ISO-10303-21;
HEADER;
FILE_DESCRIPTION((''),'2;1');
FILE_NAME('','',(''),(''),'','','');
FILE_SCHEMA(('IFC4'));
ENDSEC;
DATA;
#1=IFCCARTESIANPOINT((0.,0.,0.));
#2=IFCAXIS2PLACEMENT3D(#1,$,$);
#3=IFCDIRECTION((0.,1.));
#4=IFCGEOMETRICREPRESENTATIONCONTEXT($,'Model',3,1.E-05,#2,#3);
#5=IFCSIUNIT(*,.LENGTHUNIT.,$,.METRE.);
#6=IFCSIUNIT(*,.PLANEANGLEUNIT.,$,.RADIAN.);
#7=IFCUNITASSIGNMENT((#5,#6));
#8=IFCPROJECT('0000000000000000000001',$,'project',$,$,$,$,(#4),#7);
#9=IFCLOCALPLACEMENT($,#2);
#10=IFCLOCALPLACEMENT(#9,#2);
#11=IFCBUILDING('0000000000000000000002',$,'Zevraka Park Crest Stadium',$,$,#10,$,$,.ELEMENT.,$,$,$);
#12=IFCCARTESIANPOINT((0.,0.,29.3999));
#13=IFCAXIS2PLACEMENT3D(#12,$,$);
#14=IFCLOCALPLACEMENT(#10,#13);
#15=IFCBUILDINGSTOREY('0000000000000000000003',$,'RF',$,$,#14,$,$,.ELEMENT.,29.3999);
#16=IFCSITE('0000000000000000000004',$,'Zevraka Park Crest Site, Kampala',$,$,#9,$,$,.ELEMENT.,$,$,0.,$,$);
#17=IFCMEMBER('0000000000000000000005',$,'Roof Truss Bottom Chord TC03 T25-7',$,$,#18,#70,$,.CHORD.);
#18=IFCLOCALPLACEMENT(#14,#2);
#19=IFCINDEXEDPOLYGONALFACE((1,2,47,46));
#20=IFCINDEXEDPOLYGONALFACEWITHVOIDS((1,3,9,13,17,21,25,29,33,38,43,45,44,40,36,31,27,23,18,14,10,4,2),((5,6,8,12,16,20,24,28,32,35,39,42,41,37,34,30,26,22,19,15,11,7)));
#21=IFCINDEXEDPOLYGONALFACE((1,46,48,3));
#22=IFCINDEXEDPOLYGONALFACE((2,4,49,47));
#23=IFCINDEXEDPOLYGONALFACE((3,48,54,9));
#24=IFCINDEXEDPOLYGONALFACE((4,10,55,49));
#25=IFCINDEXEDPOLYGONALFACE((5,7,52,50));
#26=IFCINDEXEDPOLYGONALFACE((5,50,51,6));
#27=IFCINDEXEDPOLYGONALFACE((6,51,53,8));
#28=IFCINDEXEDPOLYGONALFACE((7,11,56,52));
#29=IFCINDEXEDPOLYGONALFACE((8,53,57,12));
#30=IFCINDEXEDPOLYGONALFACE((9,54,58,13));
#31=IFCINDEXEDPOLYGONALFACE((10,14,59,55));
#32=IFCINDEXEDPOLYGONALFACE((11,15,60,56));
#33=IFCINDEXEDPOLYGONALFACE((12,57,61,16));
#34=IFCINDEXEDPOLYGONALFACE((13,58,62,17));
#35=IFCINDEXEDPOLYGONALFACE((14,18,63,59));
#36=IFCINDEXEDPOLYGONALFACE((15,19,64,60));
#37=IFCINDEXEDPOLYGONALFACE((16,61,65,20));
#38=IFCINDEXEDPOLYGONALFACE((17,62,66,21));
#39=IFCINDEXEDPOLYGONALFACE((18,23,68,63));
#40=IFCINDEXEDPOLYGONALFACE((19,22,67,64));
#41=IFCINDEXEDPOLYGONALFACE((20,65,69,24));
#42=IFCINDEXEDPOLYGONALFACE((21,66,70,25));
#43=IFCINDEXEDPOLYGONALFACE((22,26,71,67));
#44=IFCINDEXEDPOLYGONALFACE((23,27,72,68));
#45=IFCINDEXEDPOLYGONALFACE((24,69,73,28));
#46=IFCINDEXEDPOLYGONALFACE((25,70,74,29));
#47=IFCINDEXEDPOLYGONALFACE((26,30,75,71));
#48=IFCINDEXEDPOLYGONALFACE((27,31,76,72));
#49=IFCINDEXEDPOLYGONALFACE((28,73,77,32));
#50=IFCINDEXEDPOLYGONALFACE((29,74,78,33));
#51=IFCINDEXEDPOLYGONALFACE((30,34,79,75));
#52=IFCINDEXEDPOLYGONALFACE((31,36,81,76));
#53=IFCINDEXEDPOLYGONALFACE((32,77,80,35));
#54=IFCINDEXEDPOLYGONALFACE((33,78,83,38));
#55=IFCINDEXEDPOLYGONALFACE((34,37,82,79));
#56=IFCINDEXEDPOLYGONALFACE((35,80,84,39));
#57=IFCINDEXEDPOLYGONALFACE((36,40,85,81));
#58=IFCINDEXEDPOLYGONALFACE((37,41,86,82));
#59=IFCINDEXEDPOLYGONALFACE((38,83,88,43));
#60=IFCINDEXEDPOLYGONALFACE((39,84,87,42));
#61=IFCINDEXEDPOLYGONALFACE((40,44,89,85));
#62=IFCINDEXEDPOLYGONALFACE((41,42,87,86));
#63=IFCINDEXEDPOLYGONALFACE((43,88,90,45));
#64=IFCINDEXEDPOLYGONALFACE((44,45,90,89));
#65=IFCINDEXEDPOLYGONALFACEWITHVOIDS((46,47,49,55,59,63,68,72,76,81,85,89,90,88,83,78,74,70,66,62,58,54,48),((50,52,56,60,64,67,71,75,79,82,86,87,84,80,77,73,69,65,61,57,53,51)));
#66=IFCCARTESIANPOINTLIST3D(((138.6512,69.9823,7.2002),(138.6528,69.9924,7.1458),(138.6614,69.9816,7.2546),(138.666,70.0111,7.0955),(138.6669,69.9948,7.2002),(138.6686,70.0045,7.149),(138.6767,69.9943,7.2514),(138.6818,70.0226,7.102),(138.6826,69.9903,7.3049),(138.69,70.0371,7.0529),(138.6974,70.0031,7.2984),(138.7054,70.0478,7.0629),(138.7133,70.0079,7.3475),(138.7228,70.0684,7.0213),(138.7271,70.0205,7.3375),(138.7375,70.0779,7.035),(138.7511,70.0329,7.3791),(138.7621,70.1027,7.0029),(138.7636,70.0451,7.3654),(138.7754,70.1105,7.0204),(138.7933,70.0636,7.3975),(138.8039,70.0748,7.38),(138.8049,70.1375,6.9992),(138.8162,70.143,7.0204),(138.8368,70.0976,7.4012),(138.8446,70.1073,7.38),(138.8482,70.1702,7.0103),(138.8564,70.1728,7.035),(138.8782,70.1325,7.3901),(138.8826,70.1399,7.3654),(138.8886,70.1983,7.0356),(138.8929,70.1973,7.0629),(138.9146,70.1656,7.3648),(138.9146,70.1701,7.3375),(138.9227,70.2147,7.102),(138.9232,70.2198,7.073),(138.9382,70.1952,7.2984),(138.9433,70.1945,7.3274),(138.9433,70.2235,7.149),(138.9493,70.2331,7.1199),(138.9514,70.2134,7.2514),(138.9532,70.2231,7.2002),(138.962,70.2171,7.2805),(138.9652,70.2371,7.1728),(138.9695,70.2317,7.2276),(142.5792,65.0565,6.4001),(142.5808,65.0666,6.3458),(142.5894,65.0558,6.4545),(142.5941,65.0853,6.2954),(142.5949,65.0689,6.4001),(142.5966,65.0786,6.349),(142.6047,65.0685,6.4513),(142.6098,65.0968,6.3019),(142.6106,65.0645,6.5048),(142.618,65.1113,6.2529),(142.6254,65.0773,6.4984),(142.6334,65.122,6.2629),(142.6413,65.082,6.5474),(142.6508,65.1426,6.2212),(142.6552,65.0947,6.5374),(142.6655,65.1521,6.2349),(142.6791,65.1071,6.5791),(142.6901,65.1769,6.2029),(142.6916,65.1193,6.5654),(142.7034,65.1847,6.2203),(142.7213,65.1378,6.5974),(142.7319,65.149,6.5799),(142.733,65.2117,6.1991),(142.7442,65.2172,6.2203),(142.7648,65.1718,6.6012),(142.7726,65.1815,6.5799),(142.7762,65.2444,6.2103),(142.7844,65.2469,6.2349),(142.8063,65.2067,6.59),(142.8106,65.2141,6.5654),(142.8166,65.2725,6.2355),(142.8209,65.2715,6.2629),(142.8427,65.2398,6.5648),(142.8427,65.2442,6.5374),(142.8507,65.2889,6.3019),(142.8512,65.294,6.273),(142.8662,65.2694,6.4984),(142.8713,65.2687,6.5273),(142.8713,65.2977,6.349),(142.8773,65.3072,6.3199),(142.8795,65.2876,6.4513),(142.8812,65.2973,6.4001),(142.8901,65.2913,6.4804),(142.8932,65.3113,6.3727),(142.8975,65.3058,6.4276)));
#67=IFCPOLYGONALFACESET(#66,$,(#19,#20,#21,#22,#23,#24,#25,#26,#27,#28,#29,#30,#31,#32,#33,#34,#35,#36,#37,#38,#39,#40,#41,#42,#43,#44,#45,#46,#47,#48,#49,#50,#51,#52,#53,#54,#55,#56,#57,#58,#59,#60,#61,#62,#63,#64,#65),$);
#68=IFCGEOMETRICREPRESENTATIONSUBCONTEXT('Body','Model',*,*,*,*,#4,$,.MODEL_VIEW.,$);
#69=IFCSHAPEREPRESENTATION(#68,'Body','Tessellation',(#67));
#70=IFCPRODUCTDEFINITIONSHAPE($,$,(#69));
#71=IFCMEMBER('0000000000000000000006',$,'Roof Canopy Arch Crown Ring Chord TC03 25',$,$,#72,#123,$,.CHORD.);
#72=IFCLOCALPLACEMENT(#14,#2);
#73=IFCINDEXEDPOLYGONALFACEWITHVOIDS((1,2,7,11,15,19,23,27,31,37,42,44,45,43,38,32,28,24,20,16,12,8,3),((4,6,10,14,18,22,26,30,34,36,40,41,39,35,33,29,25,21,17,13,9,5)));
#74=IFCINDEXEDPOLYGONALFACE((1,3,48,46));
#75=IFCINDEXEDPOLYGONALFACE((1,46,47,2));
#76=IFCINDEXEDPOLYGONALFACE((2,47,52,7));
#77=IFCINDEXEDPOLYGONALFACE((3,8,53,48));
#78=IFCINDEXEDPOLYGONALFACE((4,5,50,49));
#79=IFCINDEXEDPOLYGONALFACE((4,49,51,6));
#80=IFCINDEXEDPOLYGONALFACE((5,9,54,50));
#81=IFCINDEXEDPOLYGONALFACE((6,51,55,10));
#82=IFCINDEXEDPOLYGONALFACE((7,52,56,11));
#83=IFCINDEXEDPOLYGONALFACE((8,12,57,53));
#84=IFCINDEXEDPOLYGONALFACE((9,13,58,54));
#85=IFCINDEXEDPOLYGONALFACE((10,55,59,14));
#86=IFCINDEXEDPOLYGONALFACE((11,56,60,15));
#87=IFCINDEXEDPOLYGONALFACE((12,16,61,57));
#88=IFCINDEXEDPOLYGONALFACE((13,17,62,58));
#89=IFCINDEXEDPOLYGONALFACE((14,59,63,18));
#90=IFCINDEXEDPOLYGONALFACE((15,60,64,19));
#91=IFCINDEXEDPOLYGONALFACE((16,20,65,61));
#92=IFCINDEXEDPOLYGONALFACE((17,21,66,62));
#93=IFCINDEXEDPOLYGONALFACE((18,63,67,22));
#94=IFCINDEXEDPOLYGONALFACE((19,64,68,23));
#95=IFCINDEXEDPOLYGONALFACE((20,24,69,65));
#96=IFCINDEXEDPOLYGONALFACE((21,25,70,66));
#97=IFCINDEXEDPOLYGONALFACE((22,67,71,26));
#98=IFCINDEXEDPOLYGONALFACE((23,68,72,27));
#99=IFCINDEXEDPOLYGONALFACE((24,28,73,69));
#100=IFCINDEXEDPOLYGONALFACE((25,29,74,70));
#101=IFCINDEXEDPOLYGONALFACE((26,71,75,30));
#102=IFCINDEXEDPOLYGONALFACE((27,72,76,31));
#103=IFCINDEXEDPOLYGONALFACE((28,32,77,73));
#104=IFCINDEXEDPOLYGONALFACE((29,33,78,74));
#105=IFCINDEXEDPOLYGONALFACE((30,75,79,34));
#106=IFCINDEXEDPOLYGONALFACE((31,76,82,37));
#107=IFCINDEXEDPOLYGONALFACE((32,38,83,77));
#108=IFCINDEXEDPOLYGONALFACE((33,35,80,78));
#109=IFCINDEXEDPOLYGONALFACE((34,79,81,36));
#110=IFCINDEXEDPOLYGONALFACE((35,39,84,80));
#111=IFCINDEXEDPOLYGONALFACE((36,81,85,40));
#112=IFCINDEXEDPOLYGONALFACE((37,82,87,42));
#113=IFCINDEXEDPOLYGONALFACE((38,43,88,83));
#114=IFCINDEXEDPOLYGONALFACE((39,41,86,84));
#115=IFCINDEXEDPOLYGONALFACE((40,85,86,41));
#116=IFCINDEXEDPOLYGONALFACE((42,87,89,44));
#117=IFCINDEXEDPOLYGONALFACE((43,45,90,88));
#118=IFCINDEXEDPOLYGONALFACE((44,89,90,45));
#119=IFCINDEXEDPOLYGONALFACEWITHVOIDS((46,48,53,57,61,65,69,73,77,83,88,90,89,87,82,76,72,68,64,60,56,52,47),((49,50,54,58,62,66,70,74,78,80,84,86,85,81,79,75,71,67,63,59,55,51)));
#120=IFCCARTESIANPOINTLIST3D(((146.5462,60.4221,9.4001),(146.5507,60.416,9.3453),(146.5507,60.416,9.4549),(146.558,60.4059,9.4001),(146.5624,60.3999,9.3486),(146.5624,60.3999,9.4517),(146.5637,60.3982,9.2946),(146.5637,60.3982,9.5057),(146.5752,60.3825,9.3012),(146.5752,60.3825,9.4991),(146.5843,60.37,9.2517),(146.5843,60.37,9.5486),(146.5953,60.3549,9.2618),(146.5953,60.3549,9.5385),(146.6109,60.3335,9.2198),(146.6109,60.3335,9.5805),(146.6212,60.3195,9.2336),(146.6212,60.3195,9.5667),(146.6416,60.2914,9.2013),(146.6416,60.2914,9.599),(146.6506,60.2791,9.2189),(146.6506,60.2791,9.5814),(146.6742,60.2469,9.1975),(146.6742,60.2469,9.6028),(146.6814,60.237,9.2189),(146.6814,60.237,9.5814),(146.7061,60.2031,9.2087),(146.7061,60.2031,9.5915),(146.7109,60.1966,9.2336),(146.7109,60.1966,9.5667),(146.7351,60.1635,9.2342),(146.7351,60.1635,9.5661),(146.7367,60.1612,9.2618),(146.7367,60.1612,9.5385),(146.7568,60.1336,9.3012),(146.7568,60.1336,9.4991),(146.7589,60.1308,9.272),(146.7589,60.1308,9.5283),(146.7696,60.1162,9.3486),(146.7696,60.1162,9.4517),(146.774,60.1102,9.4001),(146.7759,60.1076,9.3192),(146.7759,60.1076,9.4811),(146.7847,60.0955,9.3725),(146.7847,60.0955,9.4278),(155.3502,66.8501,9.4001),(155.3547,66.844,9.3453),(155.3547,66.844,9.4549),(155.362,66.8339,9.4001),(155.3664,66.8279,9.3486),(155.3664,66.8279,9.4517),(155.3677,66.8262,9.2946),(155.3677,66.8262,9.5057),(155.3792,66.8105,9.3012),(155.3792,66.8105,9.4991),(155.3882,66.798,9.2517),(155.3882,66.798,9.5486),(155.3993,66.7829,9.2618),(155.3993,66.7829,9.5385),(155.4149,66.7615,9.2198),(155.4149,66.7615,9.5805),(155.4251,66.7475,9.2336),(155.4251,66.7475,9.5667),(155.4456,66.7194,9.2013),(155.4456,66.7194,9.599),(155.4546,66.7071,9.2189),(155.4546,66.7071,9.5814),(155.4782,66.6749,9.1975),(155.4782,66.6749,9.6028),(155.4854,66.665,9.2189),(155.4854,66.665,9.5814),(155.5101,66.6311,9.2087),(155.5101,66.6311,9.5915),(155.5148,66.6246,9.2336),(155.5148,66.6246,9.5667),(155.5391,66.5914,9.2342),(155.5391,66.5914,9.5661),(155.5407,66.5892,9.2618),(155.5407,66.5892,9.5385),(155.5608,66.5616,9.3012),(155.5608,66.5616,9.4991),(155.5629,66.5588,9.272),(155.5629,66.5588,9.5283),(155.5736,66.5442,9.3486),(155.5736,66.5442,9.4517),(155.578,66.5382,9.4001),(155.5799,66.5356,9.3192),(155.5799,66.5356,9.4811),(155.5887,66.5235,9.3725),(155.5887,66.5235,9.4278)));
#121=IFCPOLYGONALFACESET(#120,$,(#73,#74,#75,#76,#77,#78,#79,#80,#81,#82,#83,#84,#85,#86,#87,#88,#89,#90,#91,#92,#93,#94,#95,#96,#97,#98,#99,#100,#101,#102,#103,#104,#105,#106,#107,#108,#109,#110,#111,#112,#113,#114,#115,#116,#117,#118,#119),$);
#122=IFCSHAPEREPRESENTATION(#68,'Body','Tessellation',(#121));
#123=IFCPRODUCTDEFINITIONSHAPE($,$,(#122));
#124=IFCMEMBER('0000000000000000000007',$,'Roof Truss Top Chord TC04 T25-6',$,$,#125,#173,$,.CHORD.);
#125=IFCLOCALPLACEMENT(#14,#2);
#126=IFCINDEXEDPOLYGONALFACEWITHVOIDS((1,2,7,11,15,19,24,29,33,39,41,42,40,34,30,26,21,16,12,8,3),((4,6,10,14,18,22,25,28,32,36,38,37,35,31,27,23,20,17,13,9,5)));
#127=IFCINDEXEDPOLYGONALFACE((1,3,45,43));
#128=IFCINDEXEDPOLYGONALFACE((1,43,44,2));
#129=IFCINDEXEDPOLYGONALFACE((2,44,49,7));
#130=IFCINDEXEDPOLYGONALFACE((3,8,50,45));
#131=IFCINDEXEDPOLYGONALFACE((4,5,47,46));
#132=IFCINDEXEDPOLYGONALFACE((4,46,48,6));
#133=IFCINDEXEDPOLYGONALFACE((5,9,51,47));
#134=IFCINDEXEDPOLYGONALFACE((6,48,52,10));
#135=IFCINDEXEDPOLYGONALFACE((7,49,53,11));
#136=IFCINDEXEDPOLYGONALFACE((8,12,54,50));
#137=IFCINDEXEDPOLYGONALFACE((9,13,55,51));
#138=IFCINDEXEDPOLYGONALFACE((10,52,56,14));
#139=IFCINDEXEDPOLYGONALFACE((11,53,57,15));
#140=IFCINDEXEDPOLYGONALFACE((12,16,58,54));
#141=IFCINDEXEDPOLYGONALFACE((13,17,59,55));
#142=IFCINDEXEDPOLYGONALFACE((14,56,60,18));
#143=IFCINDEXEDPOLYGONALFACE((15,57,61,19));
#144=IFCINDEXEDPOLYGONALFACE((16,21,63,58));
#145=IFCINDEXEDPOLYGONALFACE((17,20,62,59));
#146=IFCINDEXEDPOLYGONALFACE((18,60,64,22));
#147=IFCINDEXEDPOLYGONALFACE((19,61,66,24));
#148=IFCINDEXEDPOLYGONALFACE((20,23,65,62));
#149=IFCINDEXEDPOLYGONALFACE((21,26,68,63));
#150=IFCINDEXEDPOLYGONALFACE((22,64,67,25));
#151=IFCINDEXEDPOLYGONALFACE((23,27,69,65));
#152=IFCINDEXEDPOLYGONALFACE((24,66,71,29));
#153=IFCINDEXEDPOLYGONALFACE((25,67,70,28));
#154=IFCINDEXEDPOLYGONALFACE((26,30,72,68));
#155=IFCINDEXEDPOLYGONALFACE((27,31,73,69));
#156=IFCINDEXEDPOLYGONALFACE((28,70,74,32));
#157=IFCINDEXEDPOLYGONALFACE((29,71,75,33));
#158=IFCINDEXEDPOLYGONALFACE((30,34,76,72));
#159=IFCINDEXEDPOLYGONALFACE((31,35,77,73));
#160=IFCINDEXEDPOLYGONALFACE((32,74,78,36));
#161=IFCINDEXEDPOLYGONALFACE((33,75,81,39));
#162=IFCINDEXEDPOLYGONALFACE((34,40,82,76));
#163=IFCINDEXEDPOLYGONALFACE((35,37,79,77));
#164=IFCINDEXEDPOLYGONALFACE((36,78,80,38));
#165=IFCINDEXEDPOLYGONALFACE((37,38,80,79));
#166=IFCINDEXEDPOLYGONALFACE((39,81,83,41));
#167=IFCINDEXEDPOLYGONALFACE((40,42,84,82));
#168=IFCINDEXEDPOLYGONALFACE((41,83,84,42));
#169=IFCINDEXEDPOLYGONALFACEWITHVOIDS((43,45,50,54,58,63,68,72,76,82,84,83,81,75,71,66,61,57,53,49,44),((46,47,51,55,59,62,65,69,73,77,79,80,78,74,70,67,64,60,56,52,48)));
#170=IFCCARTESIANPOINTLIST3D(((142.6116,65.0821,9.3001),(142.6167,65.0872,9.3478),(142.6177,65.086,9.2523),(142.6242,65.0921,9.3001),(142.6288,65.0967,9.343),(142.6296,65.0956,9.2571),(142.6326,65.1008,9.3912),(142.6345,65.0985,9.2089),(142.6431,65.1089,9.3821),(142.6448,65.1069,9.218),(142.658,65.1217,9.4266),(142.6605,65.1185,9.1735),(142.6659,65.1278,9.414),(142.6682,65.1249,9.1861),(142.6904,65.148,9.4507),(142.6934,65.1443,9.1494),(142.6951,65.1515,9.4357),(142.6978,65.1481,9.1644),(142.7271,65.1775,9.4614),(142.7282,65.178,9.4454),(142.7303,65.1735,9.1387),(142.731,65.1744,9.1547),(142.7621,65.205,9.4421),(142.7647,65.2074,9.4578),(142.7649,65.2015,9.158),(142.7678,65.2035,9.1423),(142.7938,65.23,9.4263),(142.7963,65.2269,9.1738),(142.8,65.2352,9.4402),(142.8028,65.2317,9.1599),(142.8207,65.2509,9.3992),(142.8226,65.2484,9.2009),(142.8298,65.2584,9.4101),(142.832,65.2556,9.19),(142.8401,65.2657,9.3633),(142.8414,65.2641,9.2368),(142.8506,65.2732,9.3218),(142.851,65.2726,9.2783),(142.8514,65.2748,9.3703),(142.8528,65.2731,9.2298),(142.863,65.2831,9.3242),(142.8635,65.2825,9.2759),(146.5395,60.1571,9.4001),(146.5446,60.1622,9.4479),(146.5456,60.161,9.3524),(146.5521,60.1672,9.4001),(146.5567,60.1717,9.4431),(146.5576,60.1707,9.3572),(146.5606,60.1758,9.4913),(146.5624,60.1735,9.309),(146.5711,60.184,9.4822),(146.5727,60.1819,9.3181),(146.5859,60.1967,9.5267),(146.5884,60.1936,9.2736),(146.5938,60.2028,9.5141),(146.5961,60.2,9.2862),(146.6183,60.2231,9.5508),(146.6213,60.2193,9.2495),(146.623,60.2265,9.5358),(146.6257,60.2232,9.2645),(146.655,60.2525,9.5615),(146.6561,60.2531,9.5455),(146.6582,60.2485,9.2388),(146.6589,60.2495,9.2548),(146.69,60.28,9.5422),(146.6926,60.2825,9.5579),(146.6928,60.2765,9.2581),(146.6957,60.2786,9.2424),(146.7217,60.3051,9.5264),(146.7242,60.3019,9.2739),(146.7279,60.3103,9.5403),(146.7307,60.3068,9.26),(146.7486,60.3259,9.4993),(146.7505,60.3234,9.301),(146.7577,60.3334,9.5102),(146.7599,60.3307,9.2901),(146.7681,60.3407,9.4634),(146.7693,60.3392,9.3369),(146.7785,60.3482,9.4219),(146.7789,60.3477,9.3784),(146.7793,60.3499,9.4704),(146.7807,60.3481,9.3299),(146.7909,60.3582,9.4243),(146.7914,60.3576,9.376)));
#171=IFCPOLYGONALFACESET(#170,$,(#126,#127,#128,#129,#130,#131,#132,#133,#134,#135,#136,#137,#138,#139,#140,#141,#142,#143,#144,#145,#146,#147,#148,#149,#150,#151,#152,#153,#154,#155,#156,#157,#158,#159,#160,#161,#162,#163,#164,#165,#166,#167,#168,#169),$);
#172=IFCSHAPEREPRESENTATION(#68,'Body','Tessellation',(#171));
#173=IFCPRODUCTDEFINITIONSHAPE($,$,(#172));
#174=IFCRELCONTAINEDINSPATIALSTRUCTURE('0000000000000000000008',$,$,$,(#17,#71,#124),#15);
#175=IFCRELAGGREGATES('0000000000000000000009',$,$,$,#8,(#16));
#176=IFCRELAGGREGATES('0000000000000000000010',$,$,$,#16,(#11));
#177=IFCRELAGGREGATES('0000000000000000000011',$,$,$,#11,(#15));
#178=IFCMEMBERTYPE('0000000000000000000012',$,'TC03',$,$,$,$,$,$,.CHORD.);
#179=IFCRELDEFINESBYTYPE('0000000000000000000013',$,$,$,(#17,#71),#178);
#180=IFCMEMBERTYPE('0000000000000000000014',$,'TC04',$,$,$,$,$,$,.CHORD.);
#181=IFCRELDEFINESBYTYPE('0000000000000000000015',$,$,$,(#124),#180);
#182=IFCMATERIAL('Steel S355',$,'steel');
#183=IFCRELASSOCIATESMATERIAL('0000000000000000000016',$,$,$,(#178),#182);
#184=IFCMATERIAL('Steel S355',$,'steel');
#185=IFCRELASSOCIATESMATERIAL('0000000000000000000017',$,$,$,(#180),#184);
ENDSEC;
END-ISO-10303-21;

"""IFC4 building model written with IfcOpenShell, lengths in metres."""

from ifc_helpers import new_model, si_unit, direction, frame, origin, origin_2d, place, context, subcontext, project, spatial, hollow_circle, extrude, material, material_profile, profile_set, type_object, element, save


model = new_model("IFC4")

# Units and contexts
model_context = context("Model", 3, precision=1e-05, world=origin(), true_north=direction((0.0, 1.0)))
body_context = subcontext(model_context, "Body", "Model", "MODEL_VIEW")
ifc_project = project(units=[si_unit("LENGTHUNIT", "METRE"), si_unit("PLANEANGLEUNIT", "RADIAN")], contexts=[model_context])

# Site, building, storey
site_placement = place(None, origin())
site = spatial("IfcSite", under=ifc_project, at=site_placement, Name="Zevraka Park Crest Site, Kampala", CompositionType="ELEMENT", RefElevation=0.0)
building_placement = place(site_placement, origin())
building = spatial("IfcBuilding", under=site, at=building_placement, Name="Zevraka Park Crest Stadium", CompositionType="ELEMENT")
storey_placement = place(building_placement, frame((0.0, 0.0, 29.3999)))
storey = spatial("IfcBuildingStorey", under=building, at=storey_placement, Name="RF", CompositionType="ELEMENT", Elevation=29.3999)

# Members
ifc_material_1 = material(Name="Steel S355", Category="steel")
ifc_material_profile_1 = material_profile(ifc_material_1, hollow_circle(Radius=0.2031, WallThickness=0.02, at=origin_2d()), Name="CHS 406.4x20")
ifc_profile_set_1 = profile_set([ifc_material_profile_1], Name="Steel S355")
member_type_1 = type_object("IfcMemberType", Name="TC03", PredefinedType="CHORD", material=ifc_profile_set_1)
member_1_placement = place(storey_placement, frame((142.738, 65.1831, 6.4001), z_axis=(-0.618503, 0.775618, 0.125976), x_axis=(-0.781847, -0.62347, 0.0)))
element("IfcMember", 1, at=member_1_placement, inside=storey, type_object=member_type_1, Name="Roof Truss Bottom Chord TC03 T25-7", PredefinedType="CHORD", context=body_context, shape_type="SweptSolid", body=[
    extrude(hollow_circle(Radius=0.2031, WallThickness=0.02, at=origin_2d()), origin(), (0.0, 0.0, 1.0), 6.3508),
])
member_2_placement = place(storey_placement, frame((146.666, 60.2581, 9.4001), z_axis=(0.807639, 0.589677, 0.0), x_axis=(-0.589677, 0.807639, 0.0)))
element("IfcMember", 2, at=member_2_placement, inside=storey, type_object=member_type_1, Name="Roof Canopy Arch Crown Ring Chord TC03 25", PredefinedType="CHORD", context=body_context, shape_type="SweptSolid", body=[
    extrude(hollow_circle(Radius=0.2031, WallThickness=0.02, at=origin_2d()), origin(), (0.0, 0.0, 1.0), 10.9009),
])
ifc_material_2 = material(Name="Steel S355", Category="steel")
ifc_material_profile_2 = material_profile(ifc_material_2, hollow_circle(Radius=0.1619, WallThickness=0.0161, at=origin_2d()), Name="CHS 323.9x16")
ifc_profile_set_2 = profile_set([ifc_material_profile_2], Name="Steel S355")
member_type_2 = type_object("IfcMemberType", Name="TC04", PredefinedType="CHORD", material=ifc_profile_set_2)
member_3_placement = place(storey_placement, frame((146.666, 60.2581, 9.4001), z_axis=(-0.623448, 0.781703, -0.015887), x_axis=(-0.781802, -0.623527, 0.0)))
element("IfcMember", 3, at=member_3_placement, inside=storey, type_object=member_type_2, Name="Roof Truss Top Chord TC04 T25-6", PredefinedType="CHORD", context=body_context, shape_type="SweptSolid", body=[
    extrude(hollow_circle(Radius=0.1619, WallThickness=0.0161, at=origin_2d()), origin(), (0.0, 0.0, 1.0), 6.3003),
])

save(model, "model.ifc")
